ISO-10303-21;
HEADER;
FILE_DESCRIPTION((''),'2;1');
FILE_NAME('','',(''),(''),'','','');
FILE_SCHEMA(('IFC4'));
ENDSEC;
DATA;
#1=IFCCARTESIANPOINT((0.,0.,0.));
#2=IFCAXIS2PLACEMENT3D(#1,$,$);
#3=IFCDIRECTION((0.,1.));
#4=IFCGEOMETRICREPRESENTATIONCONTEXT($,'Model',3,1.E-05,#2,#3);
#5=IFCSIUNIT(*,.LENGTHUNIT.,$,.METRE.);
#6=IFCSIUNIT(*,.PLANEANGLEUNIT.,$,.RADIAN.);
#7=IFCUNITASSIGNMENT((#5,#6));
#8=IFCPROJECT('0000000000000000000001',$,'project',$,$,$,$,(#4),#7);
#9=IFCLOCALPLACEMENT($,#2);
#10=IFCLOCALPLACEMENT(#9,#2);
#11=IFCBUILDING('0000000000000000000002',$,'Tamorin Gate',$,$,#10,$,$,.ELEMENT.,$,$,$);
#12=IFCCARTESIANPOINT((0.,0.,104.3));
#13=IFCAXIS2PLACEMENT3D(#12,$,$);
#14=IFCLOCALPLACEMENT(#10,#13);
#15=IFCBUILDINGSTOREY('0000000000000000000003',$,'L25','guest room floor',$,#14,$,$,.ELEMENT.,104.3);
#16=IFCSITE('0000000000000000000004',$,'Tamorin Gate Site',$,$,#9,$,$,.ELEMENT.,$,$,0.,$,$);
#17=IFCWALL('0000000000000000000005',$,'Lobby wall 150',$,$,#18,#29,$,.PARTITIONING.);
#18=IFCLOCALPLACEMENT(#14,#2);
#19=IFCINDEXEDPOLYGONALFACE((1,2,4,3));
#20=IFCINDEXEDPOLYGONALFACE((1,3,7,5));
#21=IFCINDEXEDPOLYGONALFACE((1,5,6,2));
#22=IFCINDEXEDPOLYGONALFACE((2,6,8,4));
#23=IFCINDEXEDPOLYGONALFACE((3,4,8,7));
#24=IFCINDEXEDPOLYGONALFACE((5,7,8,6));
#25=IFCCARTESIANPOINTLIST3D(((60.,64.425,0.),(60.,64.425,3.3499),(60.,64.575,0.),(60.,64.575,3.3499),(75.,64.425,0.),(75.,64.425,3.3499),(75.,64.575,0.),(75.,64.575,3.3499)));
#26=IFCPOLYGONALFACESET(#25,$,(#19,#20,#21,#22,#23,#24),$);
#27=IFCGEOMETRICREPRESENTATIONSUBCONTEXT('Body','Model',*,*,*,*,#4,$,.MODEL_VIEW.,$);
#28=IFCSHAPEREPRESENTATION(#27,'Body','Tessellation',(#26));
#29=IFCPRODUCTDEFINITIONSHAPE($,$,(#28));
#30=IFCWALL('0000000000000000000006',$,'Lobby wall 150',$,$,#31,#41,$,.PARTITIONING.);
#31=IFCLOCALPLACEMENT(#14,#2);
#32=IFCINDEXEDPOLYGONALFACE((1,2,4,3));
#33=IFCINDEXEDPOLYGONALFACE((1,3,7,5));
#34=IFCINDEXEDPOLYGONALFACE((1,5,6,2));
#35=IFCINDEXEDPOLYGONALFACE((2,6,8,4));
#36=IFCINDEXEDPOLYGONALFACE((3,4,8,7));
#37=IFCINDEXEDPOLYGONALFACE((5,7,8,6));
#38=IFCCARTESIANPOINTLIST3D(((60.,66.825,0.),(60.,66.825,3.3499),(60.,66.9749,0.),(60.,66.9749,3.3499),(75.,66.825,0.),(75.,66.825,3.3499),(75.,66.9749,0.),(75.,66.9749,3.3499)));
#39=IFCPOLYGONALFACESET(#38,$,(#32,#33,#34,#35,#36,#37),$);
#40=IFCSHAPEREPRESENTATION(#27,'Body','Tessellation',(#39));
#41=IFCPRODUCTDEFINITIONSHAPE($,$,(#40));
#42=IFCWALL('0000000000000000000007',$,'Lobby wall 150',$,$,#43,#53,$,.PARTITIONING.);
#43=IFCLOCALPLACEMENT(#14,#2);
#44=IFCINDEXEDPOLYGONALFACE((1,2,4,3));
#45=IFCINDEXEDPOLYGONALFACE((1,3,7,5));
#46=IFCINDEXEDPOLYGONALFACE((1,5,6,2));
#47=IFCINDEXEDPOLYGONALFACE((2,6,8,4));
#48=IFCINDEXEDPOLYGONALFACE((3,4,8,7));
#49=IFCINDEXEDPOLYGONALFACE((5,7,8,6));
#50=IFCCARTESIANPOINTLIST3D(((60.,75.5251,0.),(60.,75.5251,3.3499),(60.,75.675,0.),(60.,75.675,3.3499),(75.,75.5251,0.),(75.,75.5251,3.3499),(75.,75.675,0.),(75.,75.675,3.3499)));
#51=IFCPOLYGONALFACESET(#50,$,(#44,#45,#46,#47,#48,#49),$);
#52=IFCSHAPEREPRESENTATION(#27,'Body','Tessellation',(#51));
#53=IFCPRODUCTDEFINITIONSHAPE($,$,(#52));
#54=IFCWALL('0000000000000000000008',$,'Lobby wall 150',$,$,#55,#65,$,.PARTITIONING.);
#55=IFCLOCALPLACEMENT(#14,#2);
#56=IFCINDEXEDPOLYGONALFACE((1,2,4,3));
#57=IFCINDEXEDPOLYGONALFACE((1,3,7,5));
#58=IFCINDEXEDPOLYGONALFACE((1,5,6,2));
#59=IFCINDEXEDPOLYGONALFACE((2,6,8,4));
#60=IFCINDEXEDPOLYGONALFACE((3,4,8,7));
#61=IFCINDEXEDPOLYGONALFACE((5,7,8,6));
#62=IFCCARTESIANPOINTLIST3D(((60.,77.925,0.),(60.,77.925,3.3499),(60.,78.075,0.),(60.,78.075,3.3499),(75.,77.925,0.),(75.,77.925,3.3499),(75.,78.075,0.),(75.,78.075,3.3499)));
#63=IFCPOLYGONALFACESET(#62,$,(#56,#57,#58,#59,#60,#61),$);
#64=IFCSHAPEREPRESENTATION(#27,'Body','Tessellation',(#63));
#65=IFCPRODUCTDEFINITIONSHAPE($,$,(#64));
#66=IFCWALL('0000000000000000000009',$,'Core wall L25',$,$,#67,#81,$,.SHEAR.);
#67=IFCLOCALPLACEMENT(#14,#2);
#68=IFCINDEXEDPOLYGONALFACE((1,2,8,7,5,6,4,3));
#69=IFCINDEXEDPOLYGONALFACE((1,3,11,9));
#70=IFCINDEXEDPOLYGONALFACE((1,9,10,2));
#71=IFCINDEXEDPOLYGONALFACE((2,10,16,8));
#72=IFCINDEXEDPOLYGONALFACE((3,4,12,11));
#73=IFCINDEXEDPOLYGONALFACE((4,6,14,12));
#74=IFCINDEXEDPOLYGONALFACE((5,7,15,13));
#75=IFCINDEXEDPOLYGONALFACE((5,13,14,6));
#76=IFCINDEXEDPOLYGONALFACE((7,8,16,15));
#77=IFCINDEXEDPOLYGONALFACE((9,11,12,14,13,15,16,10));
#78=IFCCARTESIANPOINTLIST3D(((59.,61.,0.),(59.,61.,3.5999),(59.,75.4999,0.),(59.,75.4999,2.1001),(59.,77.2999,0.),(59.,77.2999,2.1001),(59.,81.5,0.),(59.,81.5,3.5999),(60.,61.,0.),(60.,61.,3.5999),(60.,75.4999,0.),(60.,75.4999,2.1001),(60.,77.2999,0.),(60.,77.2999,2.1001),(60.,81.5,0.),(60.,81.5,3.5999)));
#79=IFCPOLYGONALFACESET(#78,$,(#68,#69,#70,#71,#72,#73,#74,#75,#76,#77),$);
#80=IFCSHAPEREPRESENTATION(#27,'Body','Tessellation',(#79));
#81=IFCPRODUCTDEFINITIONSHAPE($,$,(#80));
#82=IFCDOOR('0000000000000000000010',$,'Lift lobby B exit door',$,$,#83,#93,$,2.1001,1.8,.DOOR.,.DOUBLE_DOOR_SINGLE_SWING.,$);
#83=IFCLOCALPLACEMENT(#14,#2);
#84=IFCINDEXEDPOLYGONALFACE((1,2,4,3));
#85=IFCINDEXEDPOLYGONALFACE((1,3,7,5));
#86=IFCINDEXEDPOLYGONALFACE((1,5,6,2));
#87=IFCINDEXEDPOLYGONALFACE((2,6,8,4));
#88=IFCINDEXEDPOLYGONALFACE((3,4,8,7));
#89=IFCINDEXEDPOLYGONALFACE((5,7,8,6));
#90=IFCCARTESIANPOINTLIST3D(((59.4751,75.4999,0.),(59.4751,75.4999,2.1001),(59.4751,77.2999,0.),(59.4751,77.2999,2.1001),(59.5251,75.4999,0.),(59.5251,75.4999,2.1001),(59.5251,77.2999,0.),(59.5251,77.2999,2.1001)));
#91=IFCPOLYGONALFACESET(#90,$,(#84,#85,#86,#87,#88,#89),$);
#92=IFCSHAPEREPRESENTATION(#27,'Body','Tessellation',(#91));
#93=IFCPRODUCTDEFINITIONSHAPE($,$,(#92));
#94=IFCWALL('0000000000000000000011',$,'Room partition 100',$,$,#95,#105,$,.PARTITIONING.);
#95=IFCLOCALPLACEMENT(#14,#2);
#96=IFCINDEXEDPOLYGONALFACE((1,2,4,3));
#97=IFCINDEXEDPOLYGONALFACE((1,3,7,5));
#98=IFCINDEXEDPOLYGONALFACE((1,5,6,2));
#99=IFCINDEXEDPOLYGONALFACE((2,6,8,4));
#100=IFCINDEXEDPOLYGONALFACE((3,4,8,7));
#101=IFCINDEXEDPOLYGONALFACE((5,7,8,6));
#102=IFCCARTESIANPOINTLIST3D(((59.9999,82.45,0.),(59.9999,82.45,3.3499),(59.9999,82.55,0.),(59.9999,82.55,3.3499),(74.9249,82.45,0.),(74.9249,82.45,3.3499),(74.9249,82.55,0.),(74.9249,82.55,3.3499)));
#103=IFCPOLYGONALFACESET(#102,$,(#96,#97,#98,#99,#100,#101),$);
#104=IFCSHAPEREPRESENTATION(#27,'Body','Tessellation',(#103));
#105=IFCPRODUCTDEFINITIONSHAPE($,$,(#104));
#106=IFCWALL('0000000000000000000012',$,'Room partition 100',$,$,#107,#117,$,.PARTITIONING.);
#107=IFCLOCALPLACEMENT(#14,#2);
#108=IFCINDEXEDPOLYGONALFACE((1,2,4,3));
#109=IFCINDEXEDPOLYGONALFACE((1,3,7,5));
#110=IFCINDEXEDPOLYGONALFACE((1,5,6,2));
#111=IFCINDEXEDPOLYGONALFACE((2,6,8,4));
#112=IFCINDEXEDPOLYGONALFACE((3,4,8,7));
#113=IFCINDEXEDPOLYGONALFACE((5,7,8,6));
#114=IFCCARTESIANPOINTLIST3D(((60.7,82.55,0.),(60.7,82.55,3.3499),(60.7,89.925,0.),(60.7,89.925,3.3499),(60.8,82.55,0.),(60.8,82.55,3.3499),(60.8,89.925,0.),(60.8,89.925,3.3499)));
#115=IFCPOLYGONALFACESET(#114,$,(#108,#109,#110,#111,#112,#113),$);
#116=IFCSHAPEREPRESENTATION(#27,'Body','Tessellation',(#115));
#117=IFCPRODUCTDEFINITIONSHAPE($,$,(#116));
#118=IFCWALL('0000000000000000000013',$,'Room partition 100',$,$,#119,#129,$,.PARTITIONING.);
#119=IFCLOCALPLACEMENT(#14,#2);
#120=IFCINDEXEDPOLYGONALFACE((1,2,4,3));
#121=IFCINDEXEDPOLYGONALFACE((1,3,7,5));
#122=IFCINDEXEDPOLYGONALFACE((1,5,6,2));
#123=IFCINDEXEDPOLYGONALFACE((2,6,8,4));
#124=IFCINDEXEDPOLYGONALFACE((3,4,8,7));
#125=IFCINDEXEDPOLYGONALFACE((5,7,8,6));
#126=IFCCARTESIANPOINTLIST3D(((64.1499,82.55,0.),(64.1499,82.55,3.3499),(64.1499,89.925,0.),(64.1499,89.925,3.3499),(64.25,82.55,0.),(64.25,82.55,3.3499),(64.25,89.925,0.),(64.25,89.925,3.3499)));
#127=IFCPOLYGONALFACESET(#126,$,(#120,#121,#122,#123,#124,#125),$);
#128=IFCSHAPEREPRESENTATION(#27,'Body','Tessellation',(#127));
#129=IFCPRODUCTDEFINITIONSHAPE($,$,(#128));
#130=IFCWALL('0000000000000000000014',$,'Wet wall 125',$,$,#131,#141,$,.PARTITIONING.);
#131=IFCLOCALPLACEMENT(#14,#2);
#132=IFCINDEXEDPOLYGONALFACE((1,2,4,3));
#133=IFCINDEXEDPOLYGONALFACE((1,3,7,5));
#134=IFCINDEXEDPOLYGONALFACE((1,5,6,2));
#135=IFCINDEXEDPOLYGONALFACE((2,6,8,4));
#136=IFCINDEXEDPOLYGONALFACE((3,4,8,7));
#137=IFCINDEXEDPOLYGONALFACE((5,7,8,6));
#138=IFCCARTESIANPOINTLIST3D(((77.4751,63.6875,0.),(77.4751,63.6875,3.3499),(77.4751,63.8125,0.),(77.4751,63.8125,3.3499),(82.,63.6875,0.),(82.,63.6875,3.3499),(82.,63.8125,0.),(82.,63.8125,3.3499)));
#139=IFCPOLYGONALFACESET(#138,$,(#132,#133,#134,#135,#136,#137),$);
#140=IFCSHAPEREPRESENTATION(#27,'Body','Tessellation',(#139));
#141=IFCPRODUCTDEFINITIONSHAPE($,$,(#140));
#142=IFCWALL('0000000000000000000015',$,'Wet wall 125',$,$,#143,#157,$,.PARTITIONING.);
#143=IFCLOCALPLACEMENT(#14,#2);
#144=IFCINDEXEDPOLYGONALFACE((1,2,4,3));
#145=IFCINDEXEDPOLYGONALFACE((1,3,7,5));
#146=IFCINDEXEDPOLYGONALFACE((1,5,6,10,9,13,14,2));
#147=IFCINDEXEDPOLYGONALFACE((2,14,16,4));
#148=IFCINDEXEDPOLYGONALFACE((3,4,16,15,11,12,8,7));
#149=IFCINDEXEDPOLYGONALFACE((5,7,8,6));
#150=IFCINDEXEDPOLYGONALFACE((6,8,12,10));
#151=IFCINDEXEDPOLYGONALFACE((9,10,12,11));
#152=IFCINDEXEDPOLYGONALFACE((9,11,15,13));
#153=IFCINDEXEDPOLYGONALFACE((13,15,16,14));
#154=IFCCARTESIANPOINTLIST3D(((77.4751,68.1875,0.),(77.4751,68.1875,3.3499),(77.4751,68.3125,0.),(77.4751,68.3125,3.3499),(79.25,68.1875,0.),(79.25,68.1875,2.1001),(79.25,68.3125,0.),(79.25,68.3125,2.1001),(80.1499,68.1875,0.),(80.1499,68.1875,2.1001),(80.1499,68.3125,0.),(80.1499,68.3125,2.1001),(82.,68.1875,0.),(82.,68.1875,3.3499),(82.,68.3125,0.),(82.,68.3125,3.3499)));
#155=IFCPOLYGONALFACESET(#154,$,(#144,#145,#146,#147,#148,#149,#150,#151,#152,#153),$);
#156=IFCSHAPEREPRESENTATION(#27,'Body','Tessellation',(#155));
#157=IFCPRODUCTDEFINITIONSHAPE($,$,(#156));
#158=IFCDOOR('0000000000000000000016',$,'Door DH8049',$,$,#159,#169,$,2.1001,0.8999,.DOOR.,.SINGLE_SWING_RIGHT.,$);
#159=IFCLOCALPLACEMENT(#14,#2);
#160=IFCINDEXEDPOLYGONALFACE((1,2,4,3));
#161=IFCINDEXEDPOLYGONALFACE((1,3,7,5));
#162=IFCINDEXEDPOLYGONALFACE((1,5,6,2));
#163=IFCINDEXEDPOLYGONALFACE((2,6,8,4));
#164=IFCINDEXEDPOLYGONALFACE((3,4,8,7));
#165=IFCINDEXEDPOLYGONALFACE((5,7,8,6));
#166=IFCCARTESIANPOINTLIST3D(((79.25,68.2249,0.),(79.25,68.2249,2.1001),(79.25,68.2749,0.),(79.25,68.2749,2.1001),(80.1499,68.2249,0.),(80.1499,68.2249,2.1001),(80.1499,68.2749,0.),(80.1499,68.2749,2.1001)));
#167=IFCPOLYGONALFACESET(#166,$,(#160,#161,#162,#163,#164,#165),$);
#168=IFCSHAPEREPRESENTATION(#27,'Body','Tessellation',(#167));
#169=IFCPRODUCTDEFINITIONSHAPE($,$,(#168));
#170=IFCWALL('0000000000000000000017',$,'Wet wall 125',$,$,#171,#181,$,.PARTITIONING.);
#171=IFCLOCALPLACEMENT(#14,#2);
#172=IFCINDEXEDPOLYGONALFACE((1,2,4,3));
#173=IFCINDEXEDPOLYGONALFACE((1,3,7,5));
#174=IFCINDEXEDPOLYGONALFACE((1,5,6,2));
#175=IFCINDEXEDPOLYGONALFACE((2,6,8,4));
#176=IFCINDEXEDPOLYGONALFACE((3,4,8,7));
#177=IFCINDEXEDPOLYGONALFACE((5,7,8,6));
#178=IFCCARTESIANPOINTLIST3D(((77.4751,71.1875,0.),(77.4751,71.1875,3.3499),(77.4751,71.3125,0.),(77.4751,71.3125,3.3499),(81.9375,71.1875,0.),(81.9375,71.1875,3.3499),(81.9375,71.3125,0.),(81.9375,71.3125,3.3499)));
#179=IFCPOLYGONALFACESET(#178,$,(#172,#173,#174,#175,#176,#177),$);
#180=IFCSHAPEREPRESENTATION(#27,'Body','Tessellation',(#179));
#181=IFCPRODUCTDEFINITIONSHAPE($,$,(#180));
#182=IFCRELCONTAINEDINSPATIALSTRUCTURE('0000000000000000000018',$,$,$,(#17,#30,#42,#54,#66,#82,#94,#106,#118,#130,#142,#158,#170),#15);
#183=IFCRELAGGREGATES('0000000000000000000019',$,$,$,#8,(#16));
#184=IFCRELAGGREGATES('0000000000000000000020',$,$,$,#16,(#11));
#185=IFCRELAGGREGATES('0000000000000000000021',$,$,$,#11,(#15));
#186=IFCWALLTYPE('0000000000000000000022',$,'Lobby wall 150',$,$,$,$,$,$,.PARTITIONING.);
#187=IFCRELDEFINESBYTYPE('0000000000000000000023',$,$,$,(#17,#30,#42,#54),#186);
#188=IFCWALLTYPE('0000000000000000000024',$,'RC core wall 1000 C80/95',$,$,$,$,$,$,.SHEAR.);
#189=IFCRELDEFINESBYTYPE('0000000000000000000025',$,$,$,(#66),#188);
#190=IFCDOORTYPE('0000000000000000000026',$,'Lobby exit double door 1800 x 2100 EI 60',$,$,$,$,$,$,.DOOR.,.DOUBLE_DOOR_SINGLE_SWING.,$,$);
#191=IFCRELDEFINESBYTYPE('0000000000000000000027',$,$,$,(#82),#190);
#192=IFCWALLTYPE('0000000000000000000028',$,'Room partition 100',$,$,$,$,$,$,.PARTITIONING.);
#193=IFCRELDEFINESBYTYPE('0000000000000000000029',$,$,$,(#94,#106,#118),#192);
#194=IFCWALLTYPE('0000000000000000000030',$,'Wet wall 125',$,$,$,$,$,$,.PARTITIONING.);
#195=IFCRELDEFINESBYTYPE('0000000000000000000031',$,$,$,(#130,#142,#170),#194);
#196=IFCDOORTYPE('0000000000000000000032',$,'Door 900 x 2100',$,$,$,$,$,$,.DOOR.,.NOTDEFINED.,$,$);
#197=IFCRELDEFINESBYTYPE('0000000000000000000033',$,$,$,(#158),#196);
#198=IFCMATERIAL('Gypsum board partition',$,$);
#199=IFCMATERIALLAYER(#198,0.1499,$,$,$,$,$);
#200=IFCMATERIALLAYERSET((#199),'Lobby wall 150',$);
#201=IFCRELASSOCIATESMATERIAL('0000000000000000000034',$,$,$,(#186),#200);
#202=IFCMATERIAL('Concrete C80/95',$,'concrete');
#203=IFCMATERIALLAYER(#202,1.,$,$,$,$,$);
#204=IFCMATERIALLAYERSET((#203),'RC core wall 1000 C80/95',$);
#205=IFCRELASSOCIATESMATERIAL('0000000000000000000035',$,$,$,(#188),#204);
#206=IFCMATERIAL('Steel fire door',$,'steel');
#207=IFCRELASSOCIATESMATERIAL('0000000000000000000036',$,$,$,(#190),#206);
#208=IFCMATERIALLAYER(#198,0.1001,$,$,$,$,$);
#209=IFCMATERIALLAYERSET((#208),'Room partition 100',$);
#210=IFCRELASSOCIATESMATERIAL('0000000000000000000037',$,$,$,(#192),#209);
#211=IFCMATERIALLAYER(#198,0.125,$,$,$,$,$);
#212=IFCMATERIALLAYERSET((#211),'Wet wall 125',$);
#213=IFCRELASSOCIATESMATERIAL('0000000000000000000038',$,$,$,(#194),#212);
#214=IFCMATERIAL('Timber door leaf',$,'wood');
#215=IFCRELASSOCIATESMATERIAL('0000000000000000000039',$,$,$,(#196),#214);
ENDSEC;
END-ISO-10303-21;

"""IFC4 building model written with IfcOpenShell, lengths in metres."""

from ifc_helpers import new_model, si_unit, direction, frame, frame_2d, origin, place, context, subcontext, project, spatial, rectangle, extrude, material, layer, layer_set, type_object, element, fill, save


model = new_model("IFC4")

# Units and contexts
model_context = context("Model", 3, precision=1e-05, world=origin(), true_north=direction((0.0, 1.0)))
body_context = subcontext(model_context, "Body", "Model", "MODEL_VIEW")
ifc_project = project(units=[si_unit("LENGTHUNIT", "METRE"), si_unit("PLANEANGLEUNIT", "RADIAN")], contexts=[model_context])

# Site, building, storey
site_placement = place(None, origin())
site = spatial("IfcSite", under=ifc_project, at=site_placement, Name="Tamorin Gate Site", CompositionType="ELEMENT", RefElevation=0.0)
building_placement = place(site_placement, origin())
building = spatial("IfcBuilding", under=site, at=building_placement, Name="Tamorin Gate", CompositionType="ELEMENT")
storey_placement = place(building_placement, frame((0.0, 0.0, 104.3)))
storey = spatial("IfcBuildingStorey", under=building, at=storey_placement, Name="L25", Description="guest room floor", CompositionType="ELEMENT", Elevation=104.3)

# Shared definitions
ifc_material_1 = material(Name="Concrete C80/95", Category="concrete")

# Shared definitions
ifc_material_2 = material(Name="Gypsum board partition")
ifc_material_3 = material(Name="Timber door leaf", Category="wood")

# Walls
ifc_layer_1 = layer(ifc_material_2, 0.1499)
ifc_layer_set_1 = layer_set([ifc_layer_1], Name="Lobby wall 150")
wall_type_1 = type_object("IfcWallType", Name="Lobby wall 150", PredefinedType="PARTITIONING", material=ifc_layer_set_1)
for number, where, z_axis, x_axis, name in (
    (1, (60.0, 64.5, 0.0), (0.0, 0.0, 1.0), (1.0, 0.0, 0.0), "Lobby wall 150"),
    (2, (60.0, 66.8999, 0.0), (0.0, 0.0, 1.0), (1.0, 0.0, 0.0), "Lobby wall 150"),
    (3, (60.0, 75.6001, 0.0), (0.0, 0.0, 1.0), (1.0, 0.0, 0.0), "Lobby wall 150"),
    (4, (60.0, 78.0, 0.0), (0.0, 0.0, 1.0), (1.0, 0.0, 0.0), "Lobby wall 150"),
):
    element("IfcWall", number, at=place(storey_placement, frame(where, z_axis=z_axis, x_axis=x_axis)), inside=storey, type_object=wall_type_1, Name=name, PredefinedType="PARTITIONING", context=body_context, shape_type="SweptSolid", body=[
        extrude(rectangle(XDim=15.0, YDim=0.1499, at=frame_2d((7.5, 0.0))), origin(), (0.0, 0.0, 1.0), 3.3499),
    ])

# Wall, opening, door
ifc_layer_2 = layer(ifc_material_1, 1.0)
ifc_layer_set_2 = layer_set([ifc_layer_2], Name="RC core wall 1000 C80/95")
wall_type_2 = type_object("IfcWallType", Name="RC core wall 1000 C80/95", PredefinedType="SHEAR", material=ifc_layer_set_2)
wall_1_placement = place(storey_placement, frame((59.5, 61.0, 0.0), z_axis=(0.0, 0.0, 1.0), x_axis=(0.0, 1.0, 0.0)))
wall_1 = element("IfcWall", 5, at=wall_1_placement, inside=storey, type_object=wall_type_2, Name="Core wall L25", PredefinedType="SHEAR", context=body_context, shape_type="SweptSolid", body=[
    extrude(rectangle(XDim=20.5, YDim=1.0, at=frame_2d((10.25, 0.0))), origin(), (0.0, 0.0, 1.0), 3.5999),
])
opening_1_placement = place(wall_1_placement, frame((14.5, 0.0, 0.0)))
opening_1 = element("IfcOpeningElement", 6, at=opening_1_placement, cuts=wall_1, PredefinedType="OPENING", context=body_context, shape_type="SweptSolid", body=[
    extrude(rectangle(XDim=1.8, YDim=2.1001, at=frame_2d((0.8999, 1.05))), frame((0.0, 0.51, 0.0), z_axis=(0.0, -1.0, 0.0), x_axis=(1.0, 0.0, 0.0)), (0.0, 0.0, 1.0), 1.02),
])
ifc_material_4 = material(Name="Steel fire door", Category="steel")
door_type_1 = type_object("IfcDoorType", Name="Lobby exit double door 1800 x 2100 EI 60", OperationType="DOUBLE_DOOR_SINGLE_SWING", PredefinedType="DOOR", material=ifc_material_4)
door_1_placement = place(opening_1_placement, origin())
door_1 = element("IfcDoor", 7, at=door_1_placement, inside=storey, type_object=door_type_1, Name="Lift lobby B exit door", OperationType="DOUBLE_DOOR_SINGLE_SWING", OverallHeight=2.1001, OverallWidth=1.8, PredefinedType="DOOR", context=body_context, shape_type="SweptSolid", body=[
    extrude(rectangle(XDim=1.8, YDim=2.1001, at=frame_2d((0.8999, 1.05))), frame((0.0, 0.0249, 0.0), z_axis=(0.0, -1.0, 0.0), x_axis=(1.0, 0.0, 0.0)), (0.0, 0.0, 1.0), 0.05),
])
fill(opening_1, door_1)

# Walls
ifc_layer_3 = layer(ifc_material_2, 0.1001)
ifc_layer_set_3 = layer_set([ifc_layer_3], Name="Room partition 100")
wall_type_3 = type_object("IfcWallType", Name="Room partition 100", PredefinedType="PARTITIONING", material=ifc_layer_set_3)
wall_2_placement = place(storey_placement, frame((60.0, 82.5, 0.0), z_axis=(0.0, 0.0, 1.0), x_axis=(1.0, 0.0, 0.0)))
element("IfcWall", 8, at=wall_2_placement, inside=storey, type_object=wall_type_3, Name="Room partition 100", PredefinedType="PARTITIONING", context=body_context, shape_type="SweptSolid", body=[
    extrude(rectangle(XDim=14.925, YDim=0.1001, at=frame_2d((7.4624, 0.0))), origin(), (0.0, 0.0, 1.0), 3.3499),
])
for number, where, z_axis, x_axis, name in (
    (9, (60.75, 82.55, 0.0), (0.0, 0.0, 1.0), (0.0, 1.0, 0.0), "Room partition 100"),
    (10, (64.2, 82.55, 0.0), (0.0, 0.0, 1.0), (0.0, 1.0, 0.0), "Room partition 100"),
):
    element("IfcWall", number, at=place(storey_placement, frame(where, z_axis=z_axis, x_axis=x_axis)), inside=storey, type_object=wall_type_3, Name=name, PredefinedType="PARTITIONING", context=body_context, shape_type="SweptSolid", body=[
        extrude(rectangle(XDim=7.375, YDim=0.1001, at=frame_2d((3.6875, 0.0))), origin(), (0.0, 0.0, 1.0), 3.3499),
    ])
ifc_layer_4 = layer(ifc_material_2, 0.125)
ifc_layer_set_4 = layer_set([ifc_layer_4], Name="Wet wall 125")
wall_type_4 = type_object("IfcWallType", Name="Wet wall 125", PredefinedType="PARTITIONING", material=ifc_layer_set_4)
wall_3_placement = place(storey_placement, frame((77.4751, 63.75, 0.0), z_axis=(0.0, 0.0, 1.0), x_axis=(1.0, 0.0, 0.0)))
element("IfcWall", 11, at=wall_3_placement, inside=storey, type_object=wall_type_4, Name="Wet wall 125", PredefinedType="PARTITIONING", context=body_context, shape_type="SweptSolid", body=[
    extrude(rectangle(XDim=4.5249, YDim=0.125, at=frame_2d((2.2625, 0.0))), origin(), (0.0, 0.0, 1.0), 3.3499),
])

# Wall, opening, door
wall_4_placement = place(storey_placement, frame((77.4751, 68.25, 0.0), z_axis=(0.0, 0.0, 1.0), x_axis=(1.0, 0.0, 0.0)))
wall_4 = element("IfcWall", 12, at=wall_4_placement, inside=storey, type_object=wall_type_4, Name="Wet wall 125", PredefinedType="PARTITIONING", context=body_context, shape_type="SweptSolid", body=[
    extrude(rectangle(XDim=4.5249, YDim=0.125, at=frame_2d((2.2625, 0.0))), origin(), (0.0, 0.0, 1.0), 3.3499),
])
opening_2_placement = place(wall_4_placement, frame((1.7749, 0.0, 0.0)))
opening_2 = element("IfcOpeningElement", 13, at=opening_2_placement, cuts=wall_4, PredefinedType="OPENING", context=body_context, shape_type="SweptSolid", body=[
    extrude(rectangle(XDim=0.8999, YDim=2.1001, at=frame_2d((0.45, 1.05))), frame((0.0, 0.0725, 0.0), z_axis=(0.0, -1.0, 0.0), x_axis=(1.0, 0.0, 0.0)), (0.0, 0.0, 1.0), 0.145),
])
door_type_2 = type_object("IfcDoorType", Name="Door 900 x 2100", OperationType="NOTDEFINED", PredefinedType="DOOR", material=ifc_material_3)
door_2_placement = place(opening_2_placement, origin())
door_2 = element("IfcDoor", 14, at=door_2_placement, inside=storey, type_object=door_type_2, Name="Door DH8049", OperationType="SINGLE_SWING_RIGHT", OverallHeight=2.1001, OverallWidth=0.8999, PredefinedType="DOOR", context=body_context, shape_type="SweptSolid", body=[
    extrude(rectangle(XDim=0.8999, YDim=2.1001, at=frame_2d((0.45, 1.05))), frame((0.0, 0.0249, 0.0), z_axis=(0.0, -1.0, 0.0), x_axis=(1.0, 0.0, 0.0)), (0.0, 0.0, 1.0), 0.05),
])
fill(opening_2, door_2)

# Wall
wall_5_placement = place(storey_placement, frame((77.4751, 71.25, 0.0), z_axis=(0.0, 0.0, 1.0), x_axis=(1.0, 0.0, 0.0)))
element("IfcWall", 15, at=wall_5_placement, inside=storey, type_object=wall_type_4, Name="Wet wall 125", PredefinedType="PARTITIONING", context=body_context, shape_type="SweptSolid", body=[
    extrude(rectangle(XDim=4.4624, YDim=0.125, at=frame_2d((2.2312, 0.0))), origin(), (0.0, 0.0, 1.0), 3.3499),
])

save(model, "model.ifc")
